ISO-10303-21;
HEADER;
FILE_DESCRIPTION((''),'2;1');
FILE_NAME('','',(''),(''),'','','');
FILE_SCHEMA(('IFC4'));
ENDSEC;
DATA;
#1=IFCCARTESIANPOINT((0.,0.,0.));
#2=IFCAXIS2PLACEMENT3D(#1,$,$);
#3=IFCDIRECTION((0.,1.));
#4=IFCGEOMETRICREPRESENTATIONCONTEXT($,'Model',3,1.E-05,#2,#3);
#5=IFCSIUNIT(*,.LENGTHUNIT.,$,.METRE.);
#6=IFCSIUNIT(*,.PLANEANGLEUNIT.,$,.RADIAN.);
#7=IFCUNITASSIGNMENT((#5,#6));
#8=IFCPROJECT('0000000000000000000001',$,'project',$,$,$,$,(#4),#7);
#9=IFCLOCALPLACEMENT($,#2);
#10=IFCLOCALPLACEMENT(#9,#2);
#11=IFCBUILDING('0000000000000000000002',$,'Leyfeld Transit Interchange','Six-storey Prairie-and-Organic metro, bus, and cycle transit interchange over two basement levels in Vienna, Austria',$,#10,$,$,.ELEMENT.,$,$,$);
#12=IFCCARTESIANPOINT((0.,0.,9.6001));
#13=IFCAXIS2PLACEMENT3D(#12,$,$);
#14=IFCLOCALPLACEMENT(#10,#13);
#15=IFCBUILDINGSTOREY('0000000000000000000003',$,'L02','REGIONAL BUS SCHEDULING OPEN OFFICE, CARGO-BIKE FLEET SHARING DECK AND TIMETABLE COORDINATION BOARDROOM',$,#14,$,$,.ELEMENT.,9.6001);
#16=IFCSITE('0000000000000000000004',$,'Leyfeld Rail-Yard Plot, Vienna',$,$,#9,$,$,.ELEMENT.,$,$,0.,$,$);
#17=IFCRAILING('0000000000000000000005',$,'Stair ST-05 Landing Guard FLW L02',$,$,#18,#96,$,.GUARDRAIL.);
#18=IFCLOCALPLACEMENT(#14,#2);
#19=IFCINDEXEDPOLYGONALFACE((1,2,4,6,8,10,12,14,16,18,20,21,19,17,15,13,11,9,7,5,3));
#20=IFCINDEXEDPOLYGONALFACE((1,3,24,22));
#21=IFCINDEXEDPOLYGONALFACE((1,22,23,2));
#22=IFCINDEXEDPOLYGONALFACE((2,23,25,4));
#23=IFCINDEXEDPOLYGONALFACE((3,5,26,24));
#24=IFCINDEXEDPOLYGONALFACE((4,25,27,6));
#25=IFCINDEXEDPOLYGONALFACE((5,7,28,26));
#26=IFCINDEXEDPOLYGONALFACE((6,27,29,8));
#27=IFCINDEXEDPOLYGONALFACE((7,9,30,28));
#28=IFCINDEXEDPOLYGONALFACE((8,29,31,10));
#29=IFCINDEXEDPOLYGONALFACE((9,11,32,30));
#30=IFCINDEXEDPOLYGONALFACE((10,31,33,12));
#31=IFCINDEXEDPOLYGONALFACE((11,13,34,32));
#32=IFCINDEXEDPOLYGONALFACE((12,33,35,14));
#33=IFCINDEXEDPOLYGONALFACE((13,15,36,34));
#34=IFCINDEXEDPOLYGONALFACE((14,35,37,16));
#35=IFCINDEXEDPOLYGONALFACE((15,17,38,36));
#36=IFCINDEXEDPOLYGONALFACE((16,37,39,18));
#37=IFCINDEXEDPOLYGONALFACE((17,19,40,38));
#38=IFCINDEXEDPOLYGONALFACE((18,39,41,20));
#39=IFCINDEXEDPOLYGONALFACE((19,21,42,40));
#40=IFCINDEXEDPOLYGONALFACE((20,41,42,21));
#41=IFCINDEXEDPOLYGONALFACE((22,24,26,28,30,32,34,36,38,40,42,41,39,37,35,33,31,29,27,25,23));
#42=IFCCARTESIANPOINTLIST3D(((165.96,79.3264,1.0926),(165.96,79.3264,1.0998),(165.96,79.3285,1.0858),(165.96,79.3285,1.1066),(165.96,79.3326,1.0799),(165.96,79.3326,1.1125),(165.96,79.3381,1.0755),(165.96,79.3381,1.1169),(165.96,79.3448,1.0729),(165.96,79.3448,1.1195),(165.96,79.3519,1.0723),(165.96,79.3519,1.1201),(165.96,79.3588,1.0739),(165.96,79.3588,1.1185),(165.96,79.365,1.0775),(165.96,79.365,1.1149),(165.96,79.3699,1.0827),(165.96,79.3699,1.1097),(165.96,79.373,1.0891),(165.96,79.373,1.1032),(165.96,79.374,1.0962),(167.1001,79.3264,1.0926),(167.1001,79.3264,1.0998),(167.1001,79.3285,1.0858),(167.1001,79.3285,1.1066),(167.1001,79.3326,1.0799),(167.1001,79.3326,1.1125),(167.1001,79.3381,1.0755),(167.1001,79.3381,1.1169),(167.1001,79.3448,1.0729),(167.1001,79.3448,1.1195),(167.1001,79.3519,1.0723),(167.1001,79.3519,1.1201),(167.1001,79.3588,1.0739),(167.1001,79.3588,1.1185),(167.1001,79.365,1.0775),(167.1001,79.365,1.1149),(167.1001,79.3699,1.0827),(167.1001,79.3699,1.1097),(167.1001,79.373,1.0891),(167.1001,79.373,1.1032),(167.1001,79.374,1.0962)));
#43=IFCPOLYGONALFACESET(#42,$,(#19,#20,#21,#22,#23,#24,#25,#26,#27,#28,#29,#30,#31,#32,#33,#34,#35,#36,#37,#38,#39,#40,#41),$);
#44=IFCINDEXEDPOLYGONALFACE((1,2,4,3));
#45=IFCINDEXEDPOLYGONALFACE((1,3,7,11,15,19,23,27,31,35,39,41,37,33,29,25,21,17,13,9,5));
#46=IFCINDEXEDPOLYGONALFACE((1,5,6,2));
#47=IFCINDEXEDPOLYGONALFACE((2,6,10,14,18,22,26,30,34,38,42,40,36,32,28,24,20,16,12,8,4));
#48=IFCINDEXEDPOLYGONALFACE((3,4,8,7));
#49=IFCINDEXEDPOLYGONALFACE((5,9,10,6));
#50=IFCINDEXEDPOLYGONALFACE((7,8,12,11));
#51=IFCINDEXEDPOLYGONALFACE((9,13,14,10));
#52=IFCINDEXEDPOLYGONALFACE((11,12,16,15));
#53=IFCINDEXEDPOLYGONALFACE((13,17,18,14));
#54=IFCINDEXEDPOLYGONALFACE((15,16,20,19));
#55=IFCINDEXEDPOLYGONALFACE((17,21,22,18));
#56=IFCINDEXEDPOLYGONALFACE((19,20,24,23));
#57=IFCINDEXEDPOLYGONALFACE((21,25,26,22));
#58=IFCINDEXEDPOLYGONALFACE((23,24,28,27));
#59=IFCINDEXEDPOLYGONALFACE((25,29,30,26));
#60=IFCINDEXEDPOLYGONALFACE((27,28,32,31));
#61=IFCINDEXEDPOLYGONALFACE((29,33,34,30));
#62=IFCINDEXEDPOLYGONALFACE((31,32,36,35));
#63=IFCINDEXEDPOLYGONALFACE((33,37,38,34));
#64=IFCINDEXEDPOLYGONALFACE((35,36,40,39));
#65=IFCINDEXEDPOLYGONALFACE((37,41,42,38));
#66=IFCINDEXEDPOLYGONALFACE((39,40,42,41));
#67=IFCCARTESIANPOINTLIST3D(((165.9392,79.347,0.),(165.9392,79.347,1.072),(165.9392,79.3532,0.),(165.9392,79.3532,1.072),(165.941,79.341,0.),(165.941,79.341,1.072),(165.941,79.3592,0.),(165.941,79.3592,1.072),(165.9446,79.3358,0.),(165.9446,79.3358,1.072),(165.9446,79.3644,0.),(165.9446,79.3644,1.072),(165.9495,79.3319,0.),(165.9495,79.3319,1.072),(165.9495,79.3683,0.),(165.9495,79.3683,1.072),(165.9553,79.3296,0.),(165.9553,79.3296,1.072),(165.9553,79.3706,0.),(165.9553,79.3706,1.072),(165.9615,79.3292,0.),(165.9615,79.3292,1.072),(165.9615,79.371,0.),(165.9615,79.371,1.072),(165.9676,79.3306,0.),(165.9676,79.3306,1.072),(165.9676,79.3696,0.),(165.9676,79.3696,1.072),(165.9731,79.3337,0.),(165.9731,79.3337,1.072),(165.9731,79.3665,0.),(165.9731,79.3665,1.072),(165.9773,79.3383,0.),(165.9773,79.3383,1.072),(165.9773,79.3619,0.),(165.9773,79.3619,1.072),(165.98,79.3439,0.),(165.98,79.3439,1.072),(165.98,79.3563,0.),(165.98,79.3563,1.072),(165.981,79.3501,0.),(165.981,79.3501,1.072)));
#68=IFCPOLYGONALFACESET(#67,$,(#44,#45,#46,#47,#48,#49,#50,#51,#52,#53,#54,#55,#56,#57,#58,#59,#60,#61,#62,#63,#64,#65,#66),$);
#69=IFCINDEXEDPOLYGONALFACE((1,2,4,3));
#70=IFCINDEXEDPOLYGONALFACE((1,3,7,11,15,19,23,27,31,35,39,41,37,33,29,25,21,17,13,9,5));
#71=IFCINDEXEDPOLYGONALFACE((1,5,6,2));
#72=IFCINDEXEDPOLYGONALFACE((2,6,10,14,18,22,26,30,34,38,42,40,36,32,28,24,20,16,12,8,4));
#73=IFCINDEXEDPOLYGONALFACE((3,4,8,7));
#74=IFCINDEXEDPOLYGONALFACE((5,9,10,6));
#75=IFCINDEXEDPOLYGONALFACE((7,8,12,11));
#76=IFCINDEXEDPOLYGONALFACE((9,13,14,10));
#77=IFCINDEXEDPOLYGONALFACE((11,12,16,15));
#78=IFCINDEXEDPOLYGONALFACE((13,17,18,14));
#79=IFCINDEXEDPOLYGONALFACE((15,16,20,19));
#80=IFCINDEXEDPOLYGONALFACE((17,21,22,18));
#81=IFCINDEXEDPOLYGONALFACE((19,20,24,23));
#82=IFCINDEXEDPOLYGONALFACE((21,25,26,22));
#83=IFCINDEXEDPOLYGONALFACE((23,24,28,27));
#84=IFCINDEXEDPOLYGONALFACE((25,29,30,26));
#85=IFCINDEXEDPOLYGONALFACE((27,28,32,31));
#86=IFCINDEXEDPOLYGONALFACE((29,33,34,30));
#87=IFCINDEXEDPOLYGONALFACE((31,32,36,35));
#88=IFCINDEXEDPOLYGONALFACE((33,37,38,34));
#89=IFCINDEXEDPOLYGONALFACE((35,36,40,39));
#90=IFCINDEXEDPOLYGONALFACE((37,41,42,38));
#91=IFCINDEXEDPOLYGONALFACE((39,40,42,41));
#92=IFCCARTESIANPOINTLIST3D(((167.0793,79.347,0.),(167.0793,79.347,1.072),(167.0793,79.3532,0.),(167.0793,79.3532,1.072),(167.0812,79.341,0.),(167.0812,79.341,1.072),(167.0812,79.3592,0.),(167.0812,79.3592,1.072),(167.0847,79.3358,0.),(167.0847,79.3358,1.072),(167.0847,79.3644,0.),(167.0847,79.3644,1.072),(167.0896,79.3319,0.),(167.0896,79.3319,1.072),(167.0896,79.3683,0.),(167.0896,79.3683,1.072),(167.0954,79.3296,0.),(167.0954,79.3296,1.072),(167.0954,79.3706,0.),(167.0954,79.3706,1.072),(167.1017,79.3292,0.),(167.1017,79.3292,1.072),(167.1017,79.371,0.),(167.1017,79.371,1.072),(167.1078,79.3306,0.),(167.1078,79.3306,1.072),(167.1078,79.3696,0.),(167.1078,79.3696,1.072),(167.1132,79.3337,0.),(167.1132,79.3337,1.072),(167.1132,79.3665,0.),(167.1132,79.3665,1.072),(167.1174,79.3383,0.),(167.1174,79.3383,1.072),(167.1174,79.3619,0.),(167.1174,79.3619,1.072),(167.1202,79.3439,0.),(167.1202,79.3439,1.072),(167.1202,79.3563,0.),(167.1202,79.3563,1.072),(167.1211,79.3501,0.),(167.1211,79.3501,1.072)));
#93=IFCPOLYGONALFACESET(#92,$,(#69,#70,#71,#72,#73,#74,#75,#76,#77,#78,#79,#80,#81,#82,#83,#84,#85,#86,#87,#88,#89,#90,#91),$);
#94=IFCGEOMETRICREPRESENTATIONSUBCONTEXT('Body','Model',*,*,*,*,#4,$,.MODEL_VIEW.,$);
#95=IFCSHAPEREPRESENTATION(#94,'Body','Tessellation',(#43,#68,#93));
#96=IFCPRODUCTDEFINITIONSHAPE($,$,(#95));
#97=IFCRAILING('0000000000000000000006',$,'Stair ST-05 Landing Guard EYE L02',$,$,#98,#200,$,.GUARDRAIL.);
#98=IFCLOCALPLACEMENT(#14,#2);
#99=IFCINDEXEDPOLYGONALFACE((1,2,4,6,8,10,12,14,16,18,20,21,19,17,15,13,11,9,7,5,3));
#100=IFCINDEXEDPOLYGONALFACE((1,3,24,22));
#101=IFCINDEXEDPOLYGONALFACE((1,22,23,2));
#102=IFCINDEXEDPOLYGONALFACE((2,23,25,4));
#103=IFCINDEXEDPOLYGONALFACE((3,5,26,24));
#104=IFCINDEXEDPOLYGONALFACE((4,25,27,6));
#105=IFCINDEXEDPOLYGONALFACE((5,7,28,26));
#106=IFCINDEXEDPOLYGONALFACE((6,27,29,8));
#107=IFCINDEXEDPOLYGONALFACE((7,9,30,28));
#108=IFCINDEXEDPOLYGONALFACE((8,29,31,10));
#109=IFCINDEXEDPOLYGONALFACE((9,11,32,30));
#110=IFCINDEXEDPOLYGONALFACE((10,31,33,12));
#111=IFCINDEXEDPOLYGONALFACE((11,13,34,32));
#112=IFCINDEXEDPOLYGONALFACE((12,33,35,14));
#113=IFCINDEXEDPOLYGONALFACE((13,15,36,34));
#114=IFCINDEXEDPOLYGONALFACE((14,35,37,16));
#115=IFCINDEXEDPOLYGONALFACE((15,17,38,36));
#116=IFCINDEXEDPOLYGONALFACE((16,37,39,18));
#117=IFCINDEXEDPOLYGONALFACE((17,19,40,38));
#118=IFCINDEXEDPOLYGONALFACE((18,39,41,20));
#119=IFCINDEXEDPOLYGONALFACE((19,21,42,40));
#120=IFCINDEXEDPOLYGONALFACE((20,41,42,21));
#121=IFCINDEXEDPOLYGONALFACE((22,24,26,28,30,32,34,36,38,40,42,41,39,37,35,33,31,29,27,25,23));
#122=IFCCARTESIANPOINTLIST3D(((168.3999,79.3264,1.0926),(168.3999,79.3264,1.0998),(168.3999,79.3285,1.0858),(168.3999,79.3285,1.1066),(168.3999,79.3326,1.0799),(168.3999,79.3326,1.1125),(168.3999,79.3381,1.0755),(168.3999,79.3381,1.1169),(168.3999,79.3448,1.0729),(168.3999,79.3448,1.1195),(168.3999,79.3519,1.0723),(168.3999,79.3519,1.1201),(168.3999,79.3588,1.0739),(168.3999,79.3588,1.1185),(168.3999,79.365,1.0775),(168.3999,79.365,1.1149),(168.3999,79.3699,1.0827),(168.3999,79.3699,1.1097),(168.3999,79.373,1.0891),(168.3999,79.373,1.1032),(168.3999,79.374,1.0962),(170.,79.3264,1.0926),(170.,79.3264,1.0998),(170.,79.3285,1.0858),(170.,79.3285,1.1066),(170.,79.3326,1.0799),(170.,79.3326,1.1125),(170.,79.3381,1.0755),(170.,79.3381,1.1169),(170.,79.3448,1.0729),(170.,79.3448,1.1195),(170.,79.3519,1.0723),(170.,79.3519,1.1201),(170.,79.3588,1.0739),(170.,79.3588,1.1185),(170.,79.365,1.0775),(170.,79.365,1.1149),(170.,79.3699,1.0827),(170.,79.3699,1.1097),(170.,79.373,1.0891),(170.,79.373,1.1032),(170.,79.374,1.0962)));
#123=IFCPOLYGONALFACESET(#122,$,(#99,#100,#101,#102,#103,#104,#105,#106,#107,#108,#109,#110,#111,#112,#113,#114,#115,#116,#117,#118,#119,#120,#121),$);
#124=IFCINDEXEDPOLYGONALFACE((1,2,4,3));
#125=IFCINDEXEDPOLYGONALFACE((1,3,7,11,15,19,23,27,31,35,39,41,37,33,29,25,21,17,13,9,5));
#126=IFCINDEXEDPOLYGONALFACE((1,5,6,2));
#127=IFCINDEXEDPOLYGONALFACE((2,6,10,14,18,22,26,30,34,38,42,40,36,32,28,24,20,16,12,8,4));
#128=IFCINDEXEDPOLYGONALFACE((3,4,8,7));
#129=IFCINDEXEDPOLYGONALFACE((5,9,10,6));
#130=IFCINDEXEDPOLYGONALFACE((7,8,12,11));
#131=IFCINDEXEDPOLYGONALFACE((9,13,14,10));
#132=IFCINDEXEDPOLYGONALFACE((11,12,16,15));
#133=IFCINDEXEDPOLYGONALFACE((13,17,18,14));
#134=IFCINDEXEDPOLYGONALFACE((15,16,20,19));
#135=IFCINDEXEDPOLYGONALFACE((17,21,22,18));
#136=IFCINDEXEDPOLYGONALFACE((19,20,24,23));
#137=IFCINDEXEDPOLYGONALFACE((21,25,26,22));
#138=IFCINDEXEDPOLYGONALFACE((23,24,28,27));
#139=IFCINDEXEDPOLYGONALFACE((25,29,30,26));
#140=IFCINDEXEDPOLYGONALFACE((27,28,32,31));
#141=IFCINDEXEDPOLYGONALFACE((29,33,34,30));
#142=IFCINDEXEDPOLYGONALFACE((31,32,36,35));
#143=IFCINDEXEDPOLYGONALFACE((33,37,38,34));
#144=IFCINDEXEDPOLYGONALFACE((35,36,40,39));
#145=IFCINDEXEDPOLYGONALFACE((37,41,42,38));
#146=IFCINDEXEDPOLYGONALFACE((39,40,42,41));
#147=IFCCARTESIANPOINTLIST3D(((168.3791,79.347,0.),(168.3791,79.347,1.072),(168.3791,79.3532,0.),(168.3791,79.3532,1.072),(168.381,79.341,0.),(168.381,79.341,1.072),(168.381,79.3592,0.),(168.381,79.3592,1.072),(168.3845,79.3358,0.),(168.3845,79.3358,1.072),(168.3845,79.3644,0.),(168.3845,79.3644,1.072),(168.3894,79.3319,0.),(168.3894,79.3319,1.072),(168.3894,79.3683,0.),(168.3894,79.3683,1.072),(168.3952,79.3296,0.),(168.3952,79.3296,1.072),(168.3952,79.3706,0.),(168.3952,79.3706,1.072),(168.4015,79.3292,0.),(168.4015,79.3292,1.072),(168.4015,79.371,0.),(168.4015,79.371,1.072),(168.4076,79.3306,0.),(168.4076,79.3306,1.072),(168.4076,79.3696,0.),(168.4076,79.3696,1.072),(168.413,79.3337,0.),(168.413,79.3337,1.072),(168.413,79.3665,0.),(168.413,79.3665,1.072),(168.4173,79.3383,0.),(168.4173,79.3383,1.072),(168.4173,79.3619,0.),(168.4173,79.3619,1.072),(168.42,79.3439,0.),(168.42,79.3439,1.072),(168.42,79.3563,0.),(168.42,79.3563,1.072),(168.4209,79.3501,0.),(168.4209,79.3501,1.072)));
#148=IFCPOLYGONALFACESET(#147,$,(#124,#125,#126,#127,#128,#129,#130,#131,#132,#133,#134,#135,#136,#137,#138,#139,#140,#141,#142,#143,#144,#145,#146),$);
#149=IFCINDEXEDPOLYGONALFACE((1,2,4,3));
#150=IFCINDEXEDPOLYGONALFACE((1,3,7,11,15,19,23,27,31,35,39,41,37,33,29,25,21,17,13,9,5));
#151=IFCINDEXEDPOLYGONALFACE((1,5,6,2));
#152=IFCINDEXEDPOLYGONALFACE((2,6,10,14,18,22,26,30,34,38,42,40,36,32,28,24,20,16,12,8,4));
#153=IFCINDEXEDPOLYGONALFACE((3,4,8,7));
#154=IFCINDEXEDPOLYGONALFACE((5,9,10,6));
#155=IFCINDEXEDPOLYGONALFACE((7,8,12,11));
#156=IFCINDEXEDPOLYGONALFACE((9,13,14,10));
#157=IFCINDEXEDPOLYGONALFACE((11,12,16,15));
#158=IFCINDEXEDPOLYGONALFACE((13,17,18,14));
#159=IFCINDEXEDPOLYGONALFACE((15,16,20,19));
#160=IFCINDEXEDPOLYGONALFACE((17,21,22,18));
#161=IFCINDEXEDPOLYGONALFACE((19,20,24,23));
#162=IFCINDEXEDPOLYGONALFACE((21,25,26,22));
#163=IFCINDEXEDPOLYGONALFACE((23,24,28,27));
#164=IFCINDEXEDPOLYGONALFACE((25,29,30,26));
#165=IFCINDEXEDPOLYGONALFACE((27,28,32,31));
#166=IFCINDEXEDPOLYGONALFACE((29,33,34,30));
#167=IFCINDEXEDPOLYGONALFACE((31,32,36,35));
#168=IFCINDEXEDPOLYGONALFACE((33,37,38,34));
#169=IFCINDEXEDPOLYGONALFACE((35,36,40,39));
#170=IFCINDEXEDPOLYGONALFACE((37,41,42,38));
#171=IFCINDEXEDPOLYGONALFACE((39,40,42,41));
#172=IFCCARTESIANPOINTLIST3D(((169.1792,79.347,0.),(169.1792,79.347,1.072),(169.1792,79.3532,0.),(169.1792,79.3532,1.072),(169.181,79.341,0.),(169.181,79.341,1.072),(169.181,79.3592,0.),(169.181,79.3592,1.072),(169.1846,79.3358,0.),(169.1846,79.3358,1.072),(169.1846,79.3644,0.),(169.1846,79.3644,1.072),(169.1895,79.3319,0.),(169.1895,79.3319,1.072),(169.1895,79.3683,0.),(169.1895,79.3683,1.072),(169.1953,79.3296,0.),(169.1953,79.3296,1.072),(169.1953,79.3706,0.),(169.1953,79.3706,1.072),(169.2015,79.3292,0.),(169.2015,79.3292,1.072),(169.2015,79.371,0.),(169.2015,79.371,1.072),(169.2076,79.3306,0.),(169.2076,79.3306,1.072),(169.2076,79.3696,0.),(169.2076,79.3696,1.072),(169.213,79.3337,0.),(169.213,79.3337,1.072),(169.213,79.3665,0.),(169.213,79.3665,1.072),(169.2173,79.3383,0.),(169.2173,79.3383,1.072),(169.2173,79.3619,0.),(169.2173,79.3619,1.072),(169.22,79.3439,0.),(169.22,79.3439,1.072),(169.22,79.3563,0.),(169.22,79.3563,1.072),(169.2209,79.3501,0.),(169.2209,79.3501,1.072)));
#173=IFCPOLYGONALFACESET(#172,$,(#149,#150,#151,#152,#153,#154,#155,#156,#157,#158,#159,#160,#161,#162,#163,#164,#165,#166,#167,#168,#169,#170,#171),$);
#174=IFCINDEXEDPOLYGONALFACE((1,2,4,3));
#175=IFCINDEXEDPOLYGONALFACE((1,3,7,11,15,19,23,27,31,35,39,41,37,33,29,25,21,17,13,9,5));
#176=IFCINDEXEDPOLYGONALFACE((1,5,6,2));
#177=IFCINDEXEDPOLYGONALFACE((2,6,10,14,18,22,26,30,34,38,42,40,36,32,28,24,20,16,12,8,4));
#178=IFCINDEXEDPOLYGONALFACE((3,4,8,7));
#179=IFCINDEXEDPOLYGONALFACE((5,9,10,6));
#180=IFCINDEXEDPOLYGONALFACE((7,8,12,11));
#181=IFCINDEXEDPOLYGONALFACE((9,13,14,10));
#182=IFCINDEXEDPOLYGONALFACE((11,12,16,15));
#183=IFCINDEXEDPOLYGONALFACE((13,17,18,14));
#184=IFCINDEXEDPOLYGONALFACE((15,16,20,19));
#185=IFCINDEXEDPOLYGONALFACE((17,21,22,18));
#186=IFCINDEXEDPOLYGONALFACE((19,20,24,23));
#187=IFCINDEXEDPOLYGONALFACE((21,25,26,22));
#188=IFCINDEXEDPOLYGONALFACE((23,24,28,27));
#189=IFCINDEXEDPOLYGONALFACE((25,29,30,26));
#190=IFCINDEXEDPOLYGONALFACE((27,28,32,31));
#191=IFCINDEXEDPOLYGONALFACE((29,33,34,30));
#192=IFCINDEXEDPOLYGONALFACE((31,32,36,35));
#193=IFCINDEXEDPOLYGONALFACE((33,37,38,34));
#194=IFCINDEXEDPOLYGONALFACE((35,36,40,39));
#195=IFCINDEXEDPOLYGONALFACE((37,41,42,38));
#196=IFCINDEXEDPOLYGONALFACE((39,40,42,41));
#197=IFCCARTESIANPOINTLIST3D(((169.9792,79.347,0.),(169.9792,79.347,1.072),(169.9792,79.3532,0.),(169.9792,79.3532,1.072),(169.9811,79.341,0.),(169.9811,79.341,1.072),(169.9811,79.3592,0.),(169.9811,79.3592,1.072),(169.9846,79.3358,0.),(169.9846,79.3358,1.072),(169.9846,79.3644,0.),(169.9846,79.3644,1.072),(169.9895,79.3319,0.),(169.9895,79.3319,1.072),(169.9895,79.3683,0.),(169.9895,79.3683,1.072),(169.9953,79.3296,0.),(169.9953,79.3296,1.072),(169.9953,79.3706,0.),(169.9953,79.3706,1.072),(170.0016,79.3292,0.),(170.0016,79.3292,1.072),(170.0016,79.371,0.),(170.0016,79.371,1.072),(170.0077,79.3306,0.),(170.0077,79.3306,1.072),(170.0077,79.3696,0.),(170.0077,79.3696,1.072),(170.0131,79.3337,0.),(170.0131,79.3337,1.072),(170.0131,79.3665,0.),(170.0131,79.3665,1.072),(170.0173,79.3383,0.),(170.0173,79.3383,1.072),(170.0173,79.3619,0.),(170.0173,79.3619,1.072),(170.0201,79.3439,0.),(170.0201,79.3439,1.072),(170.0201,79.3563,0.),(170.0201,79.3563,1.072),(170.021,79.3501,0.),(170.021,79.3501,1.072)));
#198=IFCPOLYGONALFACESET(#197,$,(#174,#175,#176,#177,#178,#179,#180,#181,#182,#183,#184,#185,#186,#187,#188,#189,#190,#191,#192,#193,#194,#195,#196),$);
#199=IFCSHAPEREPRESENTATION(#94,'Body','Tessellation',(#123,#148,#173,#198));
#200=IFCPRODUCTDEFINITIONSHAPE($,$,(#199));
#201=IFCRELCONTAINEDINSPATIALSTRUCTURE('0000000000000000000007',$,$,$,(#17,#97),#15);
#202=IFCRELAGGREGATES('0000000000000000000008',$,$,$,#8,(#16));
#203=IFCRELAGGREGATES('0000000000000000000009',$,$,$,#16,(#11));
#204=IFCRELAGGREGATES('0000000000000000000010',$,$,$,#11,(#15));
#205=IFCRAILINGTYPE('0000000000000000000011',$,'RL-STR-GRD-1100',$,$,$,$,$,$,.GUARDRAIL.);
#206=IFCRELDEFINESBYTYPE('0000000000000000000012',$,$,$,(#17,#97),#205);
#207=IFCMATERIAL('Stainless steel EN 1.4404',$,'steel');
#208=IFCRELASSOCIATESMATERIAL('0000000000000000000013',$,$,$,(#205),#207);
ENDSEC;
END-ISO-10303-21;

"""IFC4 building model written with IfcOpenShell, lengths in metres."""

from ifc_helpers import new_model, si_unit, direction, frame, origin, origin_2d, place, context, subcontext, project, spatial, circle, extrude, material, type_object, element, save


model = new_model("IFC4")

# Units and contexts
model_context = context("Model", 3, precision=1e-05, world=origin(), true_north=direction((0.0, 1.0)))
body_context = subcontext(model_context, "Body", "Model", "MODEL_VIEW")
ifc_project = project(units=[si_unit("LENGTHUNIT", "METRE"), si_unit("PLANEANGLEUNIT", "RADIAN")], contexts=[model_context])

# Site, building, storey
site_placement = place(None, origin())
site = spatial("IfcSite", under=ifc_project, at=site_placement, Name="Leyfeld Rail-Yard Plot, Vienna", CompositionType="ELEMENT", RefElevation=0.0)
building_placement = place(site_placement, origin())
building = spatial("IfcBuilding", under=site, at=building_placement, Name="Leyfeld Transit Interchange", Description="Six-storey Prairie-and-Organic metro, bus, and cycle transit interchange over two basement levels in Vienna, Austria", CompositionType="ELEMENT")
storey_placement = place(building_placement, frame((0.0, 0.0, 9.6001)))
storey = spatial("IfcBuildingStorey", under=building, at=storey_placement, Name="L02", Description="REGIONAL BUS SCHEDULING OPEN OFFICE, CARGO-BIKE FLEET SHARING DECK AND TIMETABLE COORDINATION BOARDROOM", CompositionType="ELEMENT", Elevation=9.6001)

# Railings
ifc_material_1 = material(Name="Stainless steel EN 1.4404", Category="steel")
railing_type_1 = type_object("IfcRailingType", Name="RL-STR-GRD-1100", PredefinedType="GUARDRAIL", material=ifc_material_1)
railing_1_placement = place(storey_placement, frame((165.96, 79.3501, 0.0)))
element("IfcRailing", 1, at=railing_1_placement, inside=storey, type_object=railing_type_1, Name="Stair ST-05 Landing Guard FLW L02", PredefinedType="GUARDRAIL", context=body_context, shape_type="SweptSolid", body=[
    extrude(circle(Radius=0.0239, at=origin_2d()), frame((0.0, 0.0, 1.0962), z_axis=(1.0, 0.0, 0.0), x_axis=(0.0, 1.0, 0.0)), (0.0, 0.0, 1.0), 1.1401),
    extrude(circle(Radius=0.021, at=origin_2d()), origin(), (0.0, 0.0, 1.0), 1.072),
    extrude(circle(Radius=0.021, at=origin_2d()), frame((1.1401, 0.0, 0.0)), (0.0, 0.0, 1.0), 1.072),
])
railing_2_placement = place(storey_placement, frame((168.3999, 79.3501, 0.0)))
element("IfcRailing", 2, at=railing_2_placement, inside=storey, type_object=railing_type_1, Name="Stair ST-05 Landing Guard EYE L02", PredefinedType="GUARDRAIL", context=body_context, shape_type="SweptSolid", body=[
    extrude(circle(Radius=0.0239, at=origin_2d()), frame((0.0, 0.0, 1.0962), z_axis=(1.0, 0.0, 0.0), x_axis=(0.0, 1.0, 0.0)), (0.0, 0.0, 1.0), 1.6001),
    extrude(circle(Radius=0.021, at=origin_2d()), origin(), (0.0, 0.0, 1.0), 1.072),
    extrude(circle(Radius=0.021, at=origin_2d()), frame((0.8, 0.0, 0.0)), (0.0, 0.0, 1.0), 1.072),
    extrude(circle(Radius=0.021, at=origin_2d()), frame((1.6001, 0.0, 0.0)), (0.0, 0.0, 1.0), 1.072),
])

save(model, "model.ifc")
